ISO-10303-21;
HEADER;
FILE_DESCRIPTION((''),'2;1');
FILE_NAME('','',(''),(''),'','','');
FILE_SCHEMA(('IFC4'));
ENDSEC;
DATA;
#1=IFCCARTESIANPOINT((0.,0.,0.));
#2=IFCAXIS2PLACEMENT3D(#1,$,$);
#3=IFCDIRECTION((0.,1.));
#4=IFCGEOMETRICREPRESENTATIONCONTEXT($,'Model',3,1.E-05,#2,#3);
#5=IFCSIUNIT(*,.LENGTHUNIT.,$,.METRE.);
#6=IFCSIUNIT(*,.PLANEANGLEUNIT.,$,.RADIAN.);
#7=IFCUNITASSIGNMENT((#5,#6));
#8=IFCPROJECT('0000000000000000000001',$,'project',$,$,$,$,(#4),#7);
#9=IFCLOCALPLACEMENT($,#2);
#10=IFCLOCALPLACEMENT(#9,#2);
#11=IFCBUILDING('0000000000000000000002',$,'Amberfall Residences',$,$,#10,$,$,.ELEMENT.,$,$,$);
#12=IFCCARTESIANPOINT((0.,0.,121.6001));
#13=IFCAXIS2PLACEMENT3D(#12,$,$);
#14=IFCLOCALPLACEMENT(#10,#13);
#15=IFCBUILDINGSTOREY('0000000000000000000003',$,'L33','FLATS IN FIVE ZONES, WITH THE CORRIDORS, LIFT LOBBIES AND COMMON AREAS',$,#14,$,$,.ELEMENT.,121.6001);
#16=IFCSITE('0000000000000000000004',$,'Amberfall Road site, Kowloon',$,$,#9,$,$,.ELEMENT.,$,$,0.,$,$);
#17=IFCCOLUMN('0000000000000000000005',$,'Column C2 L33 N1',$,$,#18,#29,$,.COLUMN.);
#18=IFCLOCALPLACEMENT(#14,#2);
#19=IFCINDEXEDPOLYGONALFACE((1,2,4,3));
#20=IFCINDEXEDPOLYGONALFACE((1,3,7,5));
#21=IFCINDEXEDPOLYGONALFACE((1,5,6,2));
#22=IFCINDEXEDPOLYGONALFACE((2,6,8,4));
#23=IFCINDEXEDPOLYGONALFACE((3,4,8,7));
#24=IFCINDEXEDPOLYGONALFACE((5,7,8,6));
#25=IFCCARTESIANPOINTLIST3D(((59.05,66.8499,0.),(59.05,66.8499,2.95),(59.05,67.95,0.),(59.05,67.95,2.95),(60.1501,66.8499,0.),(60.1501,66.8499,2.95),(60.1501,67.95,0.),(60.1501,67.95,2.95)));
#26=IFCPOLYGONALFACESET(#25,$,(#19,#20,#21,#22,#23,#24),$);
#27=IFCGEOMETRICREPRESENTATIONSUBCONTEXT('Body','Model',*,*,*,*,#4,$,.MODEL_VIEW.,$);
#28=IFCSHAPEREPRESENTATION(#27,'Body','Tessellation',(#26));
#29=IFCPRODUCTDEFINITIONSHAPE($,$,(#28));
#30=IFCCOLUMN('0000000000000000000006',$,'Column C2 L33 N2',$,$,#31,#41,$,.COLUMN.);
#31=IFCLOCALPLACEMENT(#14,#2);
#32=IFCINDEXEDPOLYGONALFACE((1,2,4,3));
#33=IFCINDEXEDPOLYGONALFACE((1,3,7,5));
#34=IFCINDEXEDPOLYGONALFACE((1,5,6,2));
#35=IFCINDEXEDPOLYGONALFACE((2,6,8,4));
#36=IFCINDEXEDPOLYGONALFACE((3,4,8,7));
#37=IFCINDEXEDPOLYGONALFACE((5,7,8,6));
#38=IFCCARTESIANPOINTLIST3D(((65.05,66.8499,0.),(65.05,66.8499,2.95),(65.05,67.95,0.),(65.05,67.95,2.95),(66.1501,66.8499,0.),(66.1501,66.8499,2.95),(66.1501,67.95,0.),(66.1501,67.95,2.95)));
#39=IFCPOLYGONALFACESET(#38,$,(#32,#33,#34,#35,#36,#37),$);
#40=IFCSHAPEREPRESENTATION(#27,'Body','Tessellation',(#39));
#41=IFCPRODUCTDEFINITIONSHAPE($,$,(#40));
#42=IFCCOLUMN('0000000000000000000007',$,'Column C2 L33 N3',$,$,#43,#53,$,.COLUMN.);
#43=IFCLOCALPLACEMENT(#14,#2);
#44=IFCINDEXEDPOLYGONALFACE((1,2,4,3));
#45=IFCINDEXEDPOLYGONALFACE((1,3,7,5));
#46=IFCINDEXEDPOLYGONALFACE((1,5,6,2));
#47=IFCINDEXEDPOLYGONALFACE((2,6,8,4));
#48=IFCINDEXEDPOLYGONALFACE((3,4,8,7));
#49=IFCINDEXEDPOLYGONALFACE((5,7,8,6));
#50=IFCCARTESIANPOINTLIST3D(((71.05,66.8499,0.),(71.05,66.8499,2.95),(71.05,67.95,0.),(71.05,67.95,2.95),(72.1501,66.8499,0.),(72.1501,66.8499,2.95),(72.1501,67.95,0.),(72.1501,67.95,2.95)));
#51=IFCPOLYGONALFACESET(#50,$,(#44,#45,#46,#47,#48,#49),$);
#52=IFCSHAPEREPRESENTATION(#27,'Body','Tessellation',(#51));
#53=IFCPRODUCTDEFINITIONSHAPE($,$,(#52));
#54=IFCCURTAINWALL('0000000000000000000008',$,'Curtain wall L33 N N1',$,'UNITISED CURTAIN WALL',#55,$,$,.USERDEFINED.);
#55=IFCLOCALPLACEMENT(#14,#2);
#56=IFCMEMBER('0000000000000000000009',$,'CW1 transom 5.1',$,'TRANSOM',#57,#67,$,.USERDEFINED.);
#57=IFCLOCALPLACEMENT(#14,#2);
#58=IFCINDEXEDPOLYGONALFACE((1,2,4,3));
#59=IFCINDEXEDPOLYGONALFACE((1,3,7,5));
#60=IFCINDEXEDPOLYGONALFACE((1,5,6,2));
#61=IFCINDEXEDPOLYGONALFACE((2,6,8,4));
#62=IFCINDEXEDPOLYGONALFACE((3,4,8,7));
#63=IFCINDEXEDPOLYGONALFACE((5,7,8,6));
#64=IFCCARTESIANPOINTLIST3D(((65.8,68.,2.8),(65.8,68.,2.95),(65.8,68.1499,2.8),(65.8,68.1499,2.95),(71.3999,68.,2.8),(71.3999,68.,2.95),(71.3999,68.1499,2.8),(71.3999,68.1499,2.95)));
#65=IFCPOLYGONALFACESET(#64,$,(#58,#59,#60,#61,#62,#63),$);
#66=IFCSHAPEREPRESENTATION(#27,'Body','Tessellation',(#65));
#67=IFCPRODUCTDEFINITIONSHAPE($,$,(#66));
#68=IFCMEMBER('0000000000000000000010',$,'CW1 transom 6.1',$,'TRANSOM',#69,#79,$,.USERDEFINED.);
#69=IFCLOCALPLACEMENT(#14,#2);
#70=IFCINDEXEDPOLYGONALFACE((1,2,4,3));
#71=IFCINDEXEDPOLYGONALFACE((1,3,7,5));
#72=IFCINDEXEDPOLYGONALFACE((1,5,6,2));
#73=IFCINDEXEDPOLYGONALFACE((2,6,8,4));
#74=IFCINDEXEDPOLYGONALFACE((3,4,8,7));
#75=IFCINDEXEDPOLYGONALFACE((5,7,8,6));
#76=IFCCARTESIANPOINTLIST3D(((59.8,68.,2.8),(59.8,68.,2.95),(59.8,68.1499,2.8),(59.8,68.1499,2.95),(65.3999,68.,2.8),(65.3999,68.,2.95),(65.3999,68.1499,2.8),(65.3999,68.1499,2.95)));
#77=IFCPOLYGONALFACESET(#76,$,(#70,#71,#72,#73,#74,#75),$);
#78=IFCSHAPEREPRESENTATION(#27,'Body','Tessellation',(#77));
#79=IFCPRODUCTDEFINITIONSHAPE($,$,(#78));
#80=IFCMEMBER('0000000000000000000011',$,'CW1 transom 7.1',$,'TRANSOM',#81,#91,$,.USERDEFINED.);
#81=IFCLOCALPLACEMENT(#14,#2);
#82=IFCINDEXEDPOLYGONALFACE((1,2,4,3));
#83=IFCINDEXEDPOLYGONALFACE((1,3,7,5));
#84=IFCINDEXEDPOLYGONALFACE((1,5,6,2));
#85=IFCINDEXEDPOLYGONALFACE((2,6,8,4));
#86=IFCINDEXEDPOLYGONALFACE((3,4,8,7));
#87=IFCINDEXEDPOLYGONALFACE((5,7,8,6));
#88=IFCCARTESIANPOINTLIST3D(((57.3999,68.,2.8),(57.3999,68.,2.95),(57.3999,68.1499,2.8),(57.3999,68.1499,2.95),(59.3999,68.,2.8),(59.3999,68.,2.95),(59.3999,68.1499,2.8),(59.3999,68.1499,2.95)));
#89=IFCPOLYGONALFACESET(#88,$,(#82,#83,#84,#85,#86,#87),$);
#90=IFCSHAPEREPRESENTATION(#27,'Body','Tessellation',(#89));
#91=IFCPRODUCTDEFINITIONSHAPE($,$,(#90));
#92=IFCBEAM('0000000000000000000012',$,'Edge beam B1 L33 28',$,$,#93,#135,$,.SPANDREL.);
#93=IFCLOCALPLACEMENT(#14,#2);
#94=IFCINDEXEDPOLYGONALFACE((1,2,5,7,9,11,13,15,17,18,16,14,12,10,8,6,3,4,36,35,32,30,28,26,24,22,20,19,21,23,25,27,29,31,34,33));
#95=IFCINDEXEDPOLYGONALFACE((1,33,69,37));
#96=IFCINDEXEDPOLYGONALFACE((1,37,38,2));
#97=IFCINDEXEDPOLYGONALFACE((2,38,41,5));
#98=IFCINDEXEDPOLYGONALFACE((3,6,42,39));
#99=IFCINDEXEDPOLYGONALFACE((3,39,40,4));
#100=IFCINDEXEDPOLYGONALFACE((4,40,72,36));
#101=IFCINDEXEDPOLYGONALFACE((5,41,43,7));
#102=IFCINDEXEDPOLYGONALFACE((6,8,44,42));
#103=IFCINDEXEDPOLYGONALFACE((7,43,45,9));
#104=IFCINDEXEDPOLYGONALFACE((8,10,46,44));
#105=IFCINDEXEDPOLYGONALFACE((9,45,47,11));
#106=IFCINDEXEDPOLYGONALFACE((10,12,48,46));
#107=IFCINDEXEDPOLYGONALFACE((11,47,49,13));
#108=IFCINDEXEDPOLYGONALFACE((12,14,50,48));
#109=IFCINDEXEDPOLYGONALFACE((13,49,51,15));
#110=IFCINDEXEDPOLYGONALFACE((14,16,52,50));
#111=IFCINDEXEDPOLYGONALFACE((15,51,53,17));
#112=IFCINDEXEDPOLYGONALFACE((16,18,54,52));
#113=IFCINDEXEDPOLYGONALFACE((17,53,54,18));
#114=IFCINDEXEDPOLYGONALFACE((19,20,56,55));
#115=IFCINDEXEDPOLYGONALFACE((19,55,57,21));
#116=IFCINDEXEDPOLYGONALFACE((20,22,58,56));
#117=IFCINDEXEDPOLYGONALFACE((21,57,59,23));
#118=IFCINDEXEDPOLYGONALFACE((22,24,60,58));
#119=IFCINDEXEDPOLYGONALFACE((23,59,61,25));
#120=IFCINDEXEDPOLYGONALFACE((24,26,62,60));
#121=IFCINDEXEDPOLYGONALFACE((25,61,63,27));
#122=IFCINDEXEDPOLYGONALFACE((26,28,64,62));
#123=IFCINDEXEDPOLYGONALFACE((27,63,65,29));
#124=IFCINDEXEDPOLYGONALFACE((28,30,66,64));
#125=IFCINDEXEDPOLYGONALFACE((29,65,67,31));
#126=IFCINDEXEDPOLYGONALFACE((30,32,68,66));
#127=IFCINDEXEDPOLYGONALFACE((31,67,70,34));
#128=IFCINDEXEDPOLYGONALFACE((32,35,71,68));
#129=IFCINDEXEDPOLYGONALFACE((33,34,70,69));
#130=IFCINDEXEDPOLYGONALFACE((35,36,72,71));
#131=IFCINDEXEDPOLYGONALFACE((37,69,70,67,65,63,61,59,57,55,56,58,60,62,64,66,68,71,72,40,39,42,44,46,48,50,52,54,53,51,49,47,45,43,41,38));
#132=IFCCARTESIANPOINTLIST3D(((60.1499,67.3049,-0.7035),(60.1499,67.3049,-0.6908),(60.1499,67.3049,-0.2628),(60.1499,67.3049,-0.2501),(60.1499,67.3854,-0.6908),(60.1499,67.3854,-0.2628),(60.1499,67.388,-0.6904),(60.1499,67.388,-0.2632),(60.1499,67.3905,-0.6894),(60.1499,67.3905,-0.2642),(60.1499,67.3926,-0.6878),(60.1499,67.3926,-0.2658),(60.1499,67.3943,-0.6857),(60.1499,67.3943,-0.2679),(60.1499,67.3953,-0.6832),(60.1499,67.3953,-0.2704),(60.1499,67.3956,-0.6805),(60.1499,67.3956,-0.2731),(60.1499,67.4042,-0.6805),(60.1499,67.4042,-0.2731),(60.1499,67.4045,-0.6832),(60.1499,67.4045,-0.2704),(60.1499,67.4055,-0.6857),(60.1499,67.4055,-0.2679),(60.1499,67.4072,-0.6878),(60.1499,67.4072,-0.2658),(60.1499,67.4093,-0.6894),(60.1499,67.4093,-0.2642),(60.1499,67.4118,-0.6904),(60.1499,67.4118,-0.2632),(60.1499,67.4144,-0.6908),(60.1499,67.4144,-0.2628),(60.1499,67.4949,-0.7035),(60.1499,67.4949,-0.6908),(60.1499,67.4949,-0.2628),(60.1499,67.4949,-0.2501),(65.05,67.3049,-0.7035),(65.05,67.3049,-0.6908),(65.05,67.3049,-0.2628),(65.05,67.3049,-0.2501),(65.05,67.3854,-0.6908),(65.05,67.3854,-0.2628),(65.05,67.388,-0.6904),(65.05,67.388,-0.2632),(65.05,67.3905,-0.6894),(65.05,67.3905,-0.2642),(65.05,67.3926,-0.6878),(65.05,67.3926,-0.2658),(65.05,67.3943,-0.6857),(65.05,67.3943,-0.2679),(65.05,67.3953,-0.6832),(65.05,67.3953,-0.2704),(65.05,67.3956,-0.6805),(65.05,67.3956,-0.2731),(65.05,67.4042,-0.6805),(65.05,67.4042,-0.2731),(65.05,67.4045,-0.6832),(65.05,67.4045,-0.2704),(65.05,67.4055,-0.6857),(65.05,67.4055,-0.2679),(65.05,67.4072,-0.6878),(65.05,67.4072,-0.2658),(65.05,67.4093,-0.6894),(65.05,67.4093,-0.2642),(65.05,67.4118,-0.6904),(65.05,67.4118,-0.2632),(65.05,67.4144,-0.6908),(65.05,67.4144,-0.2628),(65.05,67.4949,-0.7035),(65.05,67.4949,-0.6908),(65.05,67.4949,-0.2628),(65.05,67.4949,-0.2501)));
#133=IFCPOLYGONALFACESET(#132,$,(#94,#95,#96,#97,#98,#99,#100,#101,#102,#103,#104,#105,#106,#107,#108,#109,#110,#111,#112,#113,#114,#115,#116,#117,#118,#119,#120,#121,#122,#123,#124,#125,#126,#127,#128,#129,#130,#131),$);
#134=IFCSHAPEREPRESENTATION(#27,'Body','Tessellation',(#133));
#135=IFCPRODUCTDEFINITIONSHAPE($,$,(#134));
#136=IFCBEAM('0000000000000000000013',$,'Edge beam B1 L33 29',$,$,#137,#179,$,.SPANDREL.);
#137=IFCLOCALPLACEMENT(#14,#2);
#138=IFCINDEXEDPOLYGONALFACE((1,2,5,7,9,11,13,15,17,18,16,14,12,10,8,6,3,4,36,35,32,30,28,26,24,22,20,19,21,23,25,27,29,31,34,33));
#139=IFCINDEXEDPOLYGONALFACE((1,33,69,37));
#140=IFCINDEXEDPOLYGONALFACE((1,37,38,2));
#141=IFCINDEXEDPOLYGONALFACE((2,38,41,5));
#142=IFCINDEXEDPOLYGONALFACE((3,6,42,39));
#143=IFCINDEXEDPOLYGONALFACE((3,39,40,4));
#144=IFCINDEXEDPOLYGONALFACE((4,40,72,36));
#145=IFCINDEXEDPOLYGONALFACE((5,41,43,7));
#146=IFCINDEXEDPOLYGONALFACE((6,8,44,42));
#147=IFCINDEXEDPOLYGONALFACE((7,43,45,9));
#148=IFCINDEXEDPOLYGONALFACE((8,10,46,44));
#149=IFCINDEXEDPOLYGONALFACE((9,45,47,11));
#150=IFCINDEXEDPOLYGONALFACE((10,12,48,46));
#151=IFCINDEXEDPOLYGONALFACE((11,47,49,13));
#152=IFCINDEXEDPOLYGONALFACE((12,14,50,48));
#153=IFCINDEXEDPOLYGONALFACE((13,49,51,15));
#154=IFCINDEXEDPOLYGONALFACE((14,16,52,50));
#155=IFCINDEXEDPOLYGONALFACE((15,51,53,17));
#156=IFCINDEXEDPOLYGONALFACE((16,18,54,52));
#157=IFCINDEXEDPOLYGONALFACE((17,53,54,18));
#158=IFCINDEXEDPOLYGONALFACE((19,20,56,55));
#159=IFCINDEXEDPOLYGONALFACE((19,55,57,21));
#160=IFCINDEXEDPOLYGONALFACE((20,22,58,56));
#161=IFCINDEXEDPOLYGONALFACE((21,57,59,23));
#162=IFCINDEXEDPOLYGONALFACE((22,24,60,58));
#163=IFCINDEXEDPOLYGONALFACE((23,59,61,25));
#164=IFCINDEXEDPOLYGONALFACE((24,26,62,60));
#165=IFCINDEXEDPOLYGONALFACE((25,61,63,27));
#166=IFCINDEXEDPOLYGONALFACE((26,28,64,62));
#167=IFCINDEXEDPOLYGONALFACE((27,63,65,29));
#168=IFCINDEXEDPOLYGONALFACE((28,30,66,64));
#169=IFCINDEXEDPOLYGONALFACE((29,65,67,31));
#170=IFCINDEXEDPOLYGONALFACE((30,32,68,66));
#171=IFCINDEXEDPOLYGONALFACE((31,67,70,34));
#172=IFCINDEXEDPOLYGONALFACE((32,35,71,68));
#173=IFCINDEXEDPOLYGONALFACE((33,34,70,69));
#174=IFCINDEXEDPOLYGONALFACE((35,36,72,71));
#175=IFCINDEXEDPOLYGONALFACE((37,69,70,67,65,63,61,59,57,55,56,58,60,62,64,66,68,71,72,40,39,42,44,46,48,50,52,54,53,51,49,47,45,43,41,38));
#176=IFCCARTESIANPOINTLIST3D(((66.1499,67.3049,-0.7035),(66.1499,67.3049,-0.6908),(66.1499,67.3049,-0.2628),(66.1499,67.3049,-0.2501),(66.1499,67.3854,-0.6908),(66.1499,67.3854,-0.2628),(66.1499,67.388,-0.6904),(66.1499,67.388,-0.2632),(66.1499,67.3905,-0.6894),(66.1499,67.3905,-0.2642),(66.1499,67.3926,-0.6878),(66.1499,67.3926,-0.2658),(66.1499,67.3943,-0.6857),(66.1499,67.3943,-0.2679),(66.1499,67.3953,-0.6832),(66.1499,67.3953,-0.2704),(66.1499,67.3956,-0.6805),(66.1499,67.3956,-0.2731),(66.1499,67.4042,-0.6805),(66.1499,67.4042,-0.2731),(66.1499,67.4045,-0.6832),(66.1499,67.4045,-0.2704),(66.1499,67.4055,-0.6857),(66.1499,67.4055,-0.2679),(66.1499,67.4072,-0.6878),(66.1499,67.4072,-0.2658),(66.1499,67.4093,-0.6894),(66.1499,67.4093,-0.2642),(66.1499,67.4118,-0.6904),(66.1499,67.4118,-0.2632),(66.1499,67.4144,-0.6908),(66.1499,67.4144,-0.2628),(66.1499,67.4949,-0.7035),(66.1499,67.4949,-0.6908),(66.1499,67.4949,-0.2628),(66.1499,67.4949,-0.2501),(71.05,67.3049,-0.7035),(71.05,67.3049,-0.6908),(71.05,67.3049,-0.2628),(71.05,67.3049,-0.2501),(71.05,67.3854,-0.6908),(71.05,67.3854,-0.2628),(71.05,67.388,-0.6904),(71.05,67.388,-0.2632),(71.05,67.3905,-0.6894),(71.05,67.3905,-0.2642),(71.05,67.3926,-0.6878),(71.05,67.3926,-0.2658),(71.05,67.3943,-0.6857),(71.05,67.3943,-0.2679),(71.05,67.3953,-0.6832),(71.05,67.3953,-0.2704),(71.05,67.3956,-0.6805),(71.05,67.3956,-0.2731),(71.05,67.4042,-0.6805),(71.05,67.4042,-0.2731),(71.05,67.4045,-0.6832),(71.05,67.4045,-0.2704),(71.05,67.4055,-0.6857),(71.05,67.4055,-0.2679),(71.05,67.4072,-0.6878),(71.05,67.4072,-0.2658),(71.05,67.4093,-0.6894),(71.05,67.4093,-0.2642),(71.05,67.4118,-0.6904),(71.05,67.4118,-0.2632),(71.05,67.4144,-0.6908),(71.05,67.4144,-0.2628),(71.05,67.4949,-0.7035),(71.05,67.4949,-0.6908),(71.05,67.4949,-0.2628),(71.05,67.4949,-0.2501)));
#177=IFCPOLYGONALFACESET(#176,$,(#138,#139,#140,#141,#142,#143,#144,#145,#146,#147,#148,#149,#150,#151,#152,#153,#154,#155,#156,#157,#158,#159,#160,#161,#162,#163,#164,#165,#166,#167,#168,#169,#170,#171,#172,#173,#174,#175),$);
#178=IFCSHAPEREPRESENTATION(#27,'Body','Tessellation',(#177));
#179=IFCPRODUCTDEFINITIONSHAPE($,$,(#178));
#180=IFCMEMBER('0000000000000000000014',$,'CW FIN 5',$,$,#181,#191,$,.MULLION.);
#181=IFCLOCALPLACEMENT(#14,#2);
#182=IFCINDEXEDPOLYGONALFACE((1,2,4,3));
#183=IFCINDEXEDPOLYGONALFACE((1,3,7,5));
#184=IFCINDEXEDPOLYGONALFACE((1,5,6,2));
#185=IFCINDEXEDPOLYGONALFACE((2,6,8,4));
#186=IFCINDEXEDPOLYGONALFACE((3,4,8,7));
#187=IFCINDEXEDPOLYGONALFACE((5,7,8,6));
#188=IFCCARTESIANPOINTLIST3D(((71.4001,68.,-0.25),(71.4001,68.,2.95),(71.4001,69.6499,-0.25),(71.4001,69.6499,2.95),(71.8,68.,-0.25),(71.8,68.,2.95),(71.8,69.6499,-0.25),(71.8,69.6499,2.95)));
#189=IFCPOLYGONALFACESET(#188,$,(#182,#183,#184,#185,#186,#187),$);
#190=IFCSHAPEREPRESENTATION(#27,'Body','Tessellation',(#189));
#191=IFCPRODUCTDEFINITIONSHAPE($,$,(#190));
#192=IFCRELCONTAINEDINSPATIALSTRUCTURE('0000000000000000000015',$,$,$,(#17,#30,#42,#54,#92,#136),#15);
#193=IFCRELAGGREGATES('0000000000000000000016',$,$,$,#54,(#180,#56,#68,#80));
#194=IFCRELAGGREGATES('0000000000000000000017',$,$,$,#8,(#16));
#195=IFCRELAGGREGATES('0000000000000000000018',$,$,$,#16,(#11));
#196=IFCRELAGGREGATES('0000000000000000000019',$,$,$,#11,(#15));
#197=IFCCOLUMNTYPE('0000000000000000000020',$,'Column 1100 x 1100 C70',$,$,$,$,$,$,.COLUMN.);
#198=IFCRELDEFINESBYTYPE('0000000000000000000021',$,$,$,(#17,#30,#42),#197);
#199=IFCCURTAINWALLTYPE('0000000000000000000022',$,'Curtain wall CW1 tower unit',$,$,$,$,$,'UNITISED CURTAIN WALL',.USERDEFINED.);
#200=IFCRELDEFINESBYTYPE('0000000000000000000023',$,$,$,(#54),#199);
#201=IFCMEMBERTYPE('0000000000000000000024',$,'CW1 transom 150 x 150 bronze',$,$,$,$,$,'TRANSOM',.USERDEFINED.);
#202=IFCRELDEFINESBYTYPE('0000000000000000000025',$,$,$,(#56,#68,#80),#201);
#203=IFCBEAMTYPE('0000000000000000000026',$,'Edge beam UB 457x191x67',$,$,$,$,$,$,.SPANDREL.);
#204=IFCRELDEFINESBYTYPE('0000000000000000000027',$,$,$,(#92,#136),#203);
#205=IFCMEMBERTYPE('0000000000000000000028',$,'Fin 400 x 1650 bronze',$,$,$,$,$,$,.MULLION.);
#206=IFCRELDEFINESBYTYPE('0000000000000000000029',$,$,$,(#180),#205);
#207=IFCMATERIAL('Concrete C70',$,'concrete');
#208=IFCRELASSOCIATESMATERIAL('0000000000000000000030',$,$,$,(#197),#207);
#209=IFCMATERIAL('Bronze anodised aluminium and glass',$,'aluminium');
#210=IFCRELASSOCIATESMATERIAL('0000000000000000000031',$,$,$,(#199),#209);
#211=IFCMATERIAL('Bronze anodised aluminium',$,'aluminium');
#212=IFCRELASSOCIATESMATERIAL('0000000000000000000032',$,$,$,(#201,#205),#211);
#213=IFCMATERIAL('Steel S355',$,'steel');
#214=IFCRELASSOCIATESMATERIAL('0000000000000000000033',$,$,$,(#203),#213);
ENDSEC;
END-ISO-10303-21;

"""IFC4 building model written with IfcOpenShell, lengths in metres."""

from ifc_helpers import new_model, si_unit, direction, frame, origin, origin_2d, place, context, subcontext, project, spatial, rectangle, i_section, extrude, material, material_profile, profile_set, type_object, element, aggregate, save


model = new_model("IFC4")

# Units and contexts
model_context = context("Model", 3, precision=1e-05, world=origin(), true_north=direction((0.0, 1.0)))
body_context = subcontext(model_context, "Body", "Model", "MODEL_VIEW")
ifc_project = project(units=[si_unit("LENGTHUNIT", "METRE"), si_unit("PLANEANGLEUNIT", "RADIAN")], contexts=[model_context])

# Site, building, storey
site_placement = place(None, origin())
site = spatial("IfcSite", under=ifc_project, at=site_placement, Name="Amberfall Road site, Kowloon", CompositionType="ELEMENT", RefElevation=0.0)
building_placement = place(site_placement, origin())
building = spatial("IfcBuilding", under=site, at=building_placement, Name="Amberfall Residences", CompositionType="ELEMENT")
storey_placement = place(building_placement, frame((0.0, 0.0, 121.6001)))
storey = spatial("IfcBuildingStorey", under=building, at=storey_placement, Name="L33", Description="FLATS IN FIVE ZONES, WITH THE CORRIDORS, LIFT LOBBIES AND COMMON AREAS", CompositionType="ELEMENT", Elevation=121.6001)

# Columns
ifc_material_1 = material(Name="Concrete C70", Category="concrete")
ifc_material_profile_1 = material_profile(ifc_material_1, rectangle(XDim=1.1001, YDim=1.1001, at=origin_2d()), Name="Column 1100 x 1100 C70")
ifc_profile_set_1 = profile_set([ifc_material_profile_1], Name="Concrete C70")
column_type = type_object("IfcColumnType", Name="Column 1100 x 1100 C70", PredefinedType="COLUMN", material=ifc_profile_set_1)
for number, where, z_axis, x_axis, name in (
    (1, (59.6001, 67.3999, 0.0), (0.0, 0.0, 1.0), (1.0, 0.0, 0.0), "Column C2 L33 N1"),
    (2, (65.6001, 67.3999, 0.0), (0.0, 0.0, 1.0), (1.0, 0.0, 0.0), "Column C2 L33 N2"),
    (3, (71.6001, 67.3999, 0.0), (0.0, 0.0, 1.0), (1.0, 0.0, 0.0), "Column C2 L33 N3"),
):
    element("IfcColumn", number, at=place(storey_placement, frame(where, z_axis=z_axis, x_axis=x_axis)), inside=storey, type_object=column_type, Name=name, PredefinedType="COLUMN", context=body_context, shape_type="SweptSolid", body=[
        extrude(rectangle(XDim=1.1001, YDim=1.1001, at=origin_2d()), origin(), (0.0, 0.0, 1.0), 2.95),
    ])

# Curtain wall, members
ifc_material_2 = material(Name="Bronze anodised aluminium and glass", Category="aluminium")
curtain_wall_type = type_object("IfcCurtainWallType", Name="Curtain wall CW1 tower unit", ElementType="UNITISED CURTAIN WALL", PredefinedType="USERDEFINED", material=ifc_material_2)
curtain_wall_placement = place(storey_placement, origin())
curtain_wall = element("IfcCurtainWall", 4, at=curtain_wall_placement, inside=storey, type_object=curtain_wall_type, Name="Curtain wall L33 N N1", ObjectType="UNITISED CURTAIN WALL", PredefinedType="USERDEFINED")
ifc_material_3 = material(Name="Bronze anodised aluminium", Category="aluminium")
ifc_material_profile_2 = material_profile(ifc_material_3, rectangle(XDim=0.1499, YDim=0.1499, at=origin_2d()), Name="CW1 transom 150 x 150 bronze")
ifc_profile_set_2 = profile_set([ifc_material_profile_2], Name="Bronze anodised aluminium")
member_type_1 = type_object("IfcMemberType", Name="CW1 transom 150 x 150 bronze", ElementType="TRANSOM", PredefinedType="USERDEFINED", material=ifc_profile_set_2)
member_1_placement = place(storey_placement, frame((71.3999, 68.075, 2.875), z_axis=(-1.0, 0.0, 0.0), x_axis=(0.0, -1.0, 0.0)))
member_1 = element("IfcMember", 5, at=member_1_placement, type_object=member_type_1, Name="CW1 transom 5.1", ObjectType="TRANSOM", PredefinedType="USERDEFINED", context=body_context, shape_type="SweptSolid", body=[
    extrude(rectangle(XDim=0.1499, YDim=0.1499, at=origin_2d()), origin(), (0.0, 0.0, 1.0), 5.5999),
])
member_2_placement = place(storey_placement, frame((65.3999, 68.075, 2.875), z_axis=(-1.0, 0.0, 0.0), x_axis=(0.0, -1.0, 0.0)))
member_2 = element("IfcMember", 6, at=member_2_placement, type_object=member_type_1, Name="CW1 transom 6.1", ObjectType="TRANSOM", PredefinedType="USERDEFINED", context=body_context, shape_type="SweptSolid", body=[
    extrude(rectangle(XDim=0.1499, YDim=0.1499, at=origin_2d()), origin(), (0.0, 0.0, 1.0), 5.5999),
])
member_3_placement = place(storey_placement, frame((59.3999, 68.075, 2.875), z_axis=(-1.0, 0.0, 0.0), x_axis=(0.0, -1.0, 0.0)))
member_3 = element("IfcMember", 7, at=member_3_placement, type_object=member_type_1, Name="CW1 transom 7.1", ObjectType="TRANSOM", PredefinedType="USERDEFINED", context=body_context, shape_type="SweptSolid", body=[
    extrude(rectangle(XDim=0.1499, YDim=0.1499, at=origin_2d()), origin(), (0.0, 0.0, 1.0), 2.0),
])

# Beams
ifc_material_4 = material(Name="Steel S355", Category="steel")
ifc_material_profile_3 = material_profile(ifc_material_4, i_section(OverallWidth=0.1899, OverallDepth=0.4534, WebThickness=0.0085, FlangeThickness=0.0127, FilletRadius=0.0103, at=origin_2d()), Name="UB 457x191x67")
ifc_profile_set_3 = profile_set([ifc_material_profile_3], Name="Steel S355")
beam_type_1 = type_object("IfcBeamType", Name="Edge beam UB 457x191x67", PredefinedType="SPANDREL", material=ifc_profile_set_3)
for number, where, z_axis, x_axis, name in (
    (8, (60.1499, 67.3999, -0.4768), (1.0, 0.0, 0.0), (0.0, 1.0, 0.0), "Edge beam B1 L33 28"),
    (9, (66.1499, 67.3999, -0.4768), (1.0, 0.0, 0.0), (0.0, 1.0, 0.0), "Edge beam B1 L33 29"),
):
    element("IfcBeam", number, at=place(storey_placement, frame(where, z_axis=z_axis, x_axis=x_axis)), inside=storey, type_object=beam_type_1, Name=name, PredefinedType="SPANDREL", context=body_context, shape_type="SweptSolid", body=[
        extrude(i_section(OverallWidth=0.1899, OverallDepth=0.4534, WebThickness=0.0085, FlangeThickness=0.0127, FilletRadius=0.0103, at=origin_2d()), origin(), (0.0, 0.0, 1.0), 4.9001),
    ])

# Member
ifc_material_profile_4 = material_profile(ifc_material_3, rectangle(XDim=1.6499, YDim=0.3999, at=origin_2d()), Name="Fin 400 x 1650 bronze")
ifc_profile_set_4 = profile_set([ifc_material_profile_4], Name="Bronze anodised aluminium")
member_type_2 = type_object("IfcMemberType", Name="Fin 400 x 1650 bronze", PredefinedType="MULLION", material=ifc_profile_set_4)
member_4_placement = place(storey_placement, frame((71.6001, 68.825, -0.25), z_axis=(0.0, 0.0, 1.0), x_axis=(0.0, -1.0, 0.0)))
member_4 = element("IfcMember", 10, at=member_4_placement, type_object=member_type_2, Name="CW FIN 5", PredefinedType="MULLION", context=body_context, shape_type="SweptSolid", body=[
    extrude(rectangle(XDim=1.6499, YDim=0.3999, at=origin_2d()), origin(), (0.0, 0.0, 1.0), 3.2),
])

aggregate(curtain_wall, [member_4, member_1, member_2, member_3])

save(model, "model.ifc")
